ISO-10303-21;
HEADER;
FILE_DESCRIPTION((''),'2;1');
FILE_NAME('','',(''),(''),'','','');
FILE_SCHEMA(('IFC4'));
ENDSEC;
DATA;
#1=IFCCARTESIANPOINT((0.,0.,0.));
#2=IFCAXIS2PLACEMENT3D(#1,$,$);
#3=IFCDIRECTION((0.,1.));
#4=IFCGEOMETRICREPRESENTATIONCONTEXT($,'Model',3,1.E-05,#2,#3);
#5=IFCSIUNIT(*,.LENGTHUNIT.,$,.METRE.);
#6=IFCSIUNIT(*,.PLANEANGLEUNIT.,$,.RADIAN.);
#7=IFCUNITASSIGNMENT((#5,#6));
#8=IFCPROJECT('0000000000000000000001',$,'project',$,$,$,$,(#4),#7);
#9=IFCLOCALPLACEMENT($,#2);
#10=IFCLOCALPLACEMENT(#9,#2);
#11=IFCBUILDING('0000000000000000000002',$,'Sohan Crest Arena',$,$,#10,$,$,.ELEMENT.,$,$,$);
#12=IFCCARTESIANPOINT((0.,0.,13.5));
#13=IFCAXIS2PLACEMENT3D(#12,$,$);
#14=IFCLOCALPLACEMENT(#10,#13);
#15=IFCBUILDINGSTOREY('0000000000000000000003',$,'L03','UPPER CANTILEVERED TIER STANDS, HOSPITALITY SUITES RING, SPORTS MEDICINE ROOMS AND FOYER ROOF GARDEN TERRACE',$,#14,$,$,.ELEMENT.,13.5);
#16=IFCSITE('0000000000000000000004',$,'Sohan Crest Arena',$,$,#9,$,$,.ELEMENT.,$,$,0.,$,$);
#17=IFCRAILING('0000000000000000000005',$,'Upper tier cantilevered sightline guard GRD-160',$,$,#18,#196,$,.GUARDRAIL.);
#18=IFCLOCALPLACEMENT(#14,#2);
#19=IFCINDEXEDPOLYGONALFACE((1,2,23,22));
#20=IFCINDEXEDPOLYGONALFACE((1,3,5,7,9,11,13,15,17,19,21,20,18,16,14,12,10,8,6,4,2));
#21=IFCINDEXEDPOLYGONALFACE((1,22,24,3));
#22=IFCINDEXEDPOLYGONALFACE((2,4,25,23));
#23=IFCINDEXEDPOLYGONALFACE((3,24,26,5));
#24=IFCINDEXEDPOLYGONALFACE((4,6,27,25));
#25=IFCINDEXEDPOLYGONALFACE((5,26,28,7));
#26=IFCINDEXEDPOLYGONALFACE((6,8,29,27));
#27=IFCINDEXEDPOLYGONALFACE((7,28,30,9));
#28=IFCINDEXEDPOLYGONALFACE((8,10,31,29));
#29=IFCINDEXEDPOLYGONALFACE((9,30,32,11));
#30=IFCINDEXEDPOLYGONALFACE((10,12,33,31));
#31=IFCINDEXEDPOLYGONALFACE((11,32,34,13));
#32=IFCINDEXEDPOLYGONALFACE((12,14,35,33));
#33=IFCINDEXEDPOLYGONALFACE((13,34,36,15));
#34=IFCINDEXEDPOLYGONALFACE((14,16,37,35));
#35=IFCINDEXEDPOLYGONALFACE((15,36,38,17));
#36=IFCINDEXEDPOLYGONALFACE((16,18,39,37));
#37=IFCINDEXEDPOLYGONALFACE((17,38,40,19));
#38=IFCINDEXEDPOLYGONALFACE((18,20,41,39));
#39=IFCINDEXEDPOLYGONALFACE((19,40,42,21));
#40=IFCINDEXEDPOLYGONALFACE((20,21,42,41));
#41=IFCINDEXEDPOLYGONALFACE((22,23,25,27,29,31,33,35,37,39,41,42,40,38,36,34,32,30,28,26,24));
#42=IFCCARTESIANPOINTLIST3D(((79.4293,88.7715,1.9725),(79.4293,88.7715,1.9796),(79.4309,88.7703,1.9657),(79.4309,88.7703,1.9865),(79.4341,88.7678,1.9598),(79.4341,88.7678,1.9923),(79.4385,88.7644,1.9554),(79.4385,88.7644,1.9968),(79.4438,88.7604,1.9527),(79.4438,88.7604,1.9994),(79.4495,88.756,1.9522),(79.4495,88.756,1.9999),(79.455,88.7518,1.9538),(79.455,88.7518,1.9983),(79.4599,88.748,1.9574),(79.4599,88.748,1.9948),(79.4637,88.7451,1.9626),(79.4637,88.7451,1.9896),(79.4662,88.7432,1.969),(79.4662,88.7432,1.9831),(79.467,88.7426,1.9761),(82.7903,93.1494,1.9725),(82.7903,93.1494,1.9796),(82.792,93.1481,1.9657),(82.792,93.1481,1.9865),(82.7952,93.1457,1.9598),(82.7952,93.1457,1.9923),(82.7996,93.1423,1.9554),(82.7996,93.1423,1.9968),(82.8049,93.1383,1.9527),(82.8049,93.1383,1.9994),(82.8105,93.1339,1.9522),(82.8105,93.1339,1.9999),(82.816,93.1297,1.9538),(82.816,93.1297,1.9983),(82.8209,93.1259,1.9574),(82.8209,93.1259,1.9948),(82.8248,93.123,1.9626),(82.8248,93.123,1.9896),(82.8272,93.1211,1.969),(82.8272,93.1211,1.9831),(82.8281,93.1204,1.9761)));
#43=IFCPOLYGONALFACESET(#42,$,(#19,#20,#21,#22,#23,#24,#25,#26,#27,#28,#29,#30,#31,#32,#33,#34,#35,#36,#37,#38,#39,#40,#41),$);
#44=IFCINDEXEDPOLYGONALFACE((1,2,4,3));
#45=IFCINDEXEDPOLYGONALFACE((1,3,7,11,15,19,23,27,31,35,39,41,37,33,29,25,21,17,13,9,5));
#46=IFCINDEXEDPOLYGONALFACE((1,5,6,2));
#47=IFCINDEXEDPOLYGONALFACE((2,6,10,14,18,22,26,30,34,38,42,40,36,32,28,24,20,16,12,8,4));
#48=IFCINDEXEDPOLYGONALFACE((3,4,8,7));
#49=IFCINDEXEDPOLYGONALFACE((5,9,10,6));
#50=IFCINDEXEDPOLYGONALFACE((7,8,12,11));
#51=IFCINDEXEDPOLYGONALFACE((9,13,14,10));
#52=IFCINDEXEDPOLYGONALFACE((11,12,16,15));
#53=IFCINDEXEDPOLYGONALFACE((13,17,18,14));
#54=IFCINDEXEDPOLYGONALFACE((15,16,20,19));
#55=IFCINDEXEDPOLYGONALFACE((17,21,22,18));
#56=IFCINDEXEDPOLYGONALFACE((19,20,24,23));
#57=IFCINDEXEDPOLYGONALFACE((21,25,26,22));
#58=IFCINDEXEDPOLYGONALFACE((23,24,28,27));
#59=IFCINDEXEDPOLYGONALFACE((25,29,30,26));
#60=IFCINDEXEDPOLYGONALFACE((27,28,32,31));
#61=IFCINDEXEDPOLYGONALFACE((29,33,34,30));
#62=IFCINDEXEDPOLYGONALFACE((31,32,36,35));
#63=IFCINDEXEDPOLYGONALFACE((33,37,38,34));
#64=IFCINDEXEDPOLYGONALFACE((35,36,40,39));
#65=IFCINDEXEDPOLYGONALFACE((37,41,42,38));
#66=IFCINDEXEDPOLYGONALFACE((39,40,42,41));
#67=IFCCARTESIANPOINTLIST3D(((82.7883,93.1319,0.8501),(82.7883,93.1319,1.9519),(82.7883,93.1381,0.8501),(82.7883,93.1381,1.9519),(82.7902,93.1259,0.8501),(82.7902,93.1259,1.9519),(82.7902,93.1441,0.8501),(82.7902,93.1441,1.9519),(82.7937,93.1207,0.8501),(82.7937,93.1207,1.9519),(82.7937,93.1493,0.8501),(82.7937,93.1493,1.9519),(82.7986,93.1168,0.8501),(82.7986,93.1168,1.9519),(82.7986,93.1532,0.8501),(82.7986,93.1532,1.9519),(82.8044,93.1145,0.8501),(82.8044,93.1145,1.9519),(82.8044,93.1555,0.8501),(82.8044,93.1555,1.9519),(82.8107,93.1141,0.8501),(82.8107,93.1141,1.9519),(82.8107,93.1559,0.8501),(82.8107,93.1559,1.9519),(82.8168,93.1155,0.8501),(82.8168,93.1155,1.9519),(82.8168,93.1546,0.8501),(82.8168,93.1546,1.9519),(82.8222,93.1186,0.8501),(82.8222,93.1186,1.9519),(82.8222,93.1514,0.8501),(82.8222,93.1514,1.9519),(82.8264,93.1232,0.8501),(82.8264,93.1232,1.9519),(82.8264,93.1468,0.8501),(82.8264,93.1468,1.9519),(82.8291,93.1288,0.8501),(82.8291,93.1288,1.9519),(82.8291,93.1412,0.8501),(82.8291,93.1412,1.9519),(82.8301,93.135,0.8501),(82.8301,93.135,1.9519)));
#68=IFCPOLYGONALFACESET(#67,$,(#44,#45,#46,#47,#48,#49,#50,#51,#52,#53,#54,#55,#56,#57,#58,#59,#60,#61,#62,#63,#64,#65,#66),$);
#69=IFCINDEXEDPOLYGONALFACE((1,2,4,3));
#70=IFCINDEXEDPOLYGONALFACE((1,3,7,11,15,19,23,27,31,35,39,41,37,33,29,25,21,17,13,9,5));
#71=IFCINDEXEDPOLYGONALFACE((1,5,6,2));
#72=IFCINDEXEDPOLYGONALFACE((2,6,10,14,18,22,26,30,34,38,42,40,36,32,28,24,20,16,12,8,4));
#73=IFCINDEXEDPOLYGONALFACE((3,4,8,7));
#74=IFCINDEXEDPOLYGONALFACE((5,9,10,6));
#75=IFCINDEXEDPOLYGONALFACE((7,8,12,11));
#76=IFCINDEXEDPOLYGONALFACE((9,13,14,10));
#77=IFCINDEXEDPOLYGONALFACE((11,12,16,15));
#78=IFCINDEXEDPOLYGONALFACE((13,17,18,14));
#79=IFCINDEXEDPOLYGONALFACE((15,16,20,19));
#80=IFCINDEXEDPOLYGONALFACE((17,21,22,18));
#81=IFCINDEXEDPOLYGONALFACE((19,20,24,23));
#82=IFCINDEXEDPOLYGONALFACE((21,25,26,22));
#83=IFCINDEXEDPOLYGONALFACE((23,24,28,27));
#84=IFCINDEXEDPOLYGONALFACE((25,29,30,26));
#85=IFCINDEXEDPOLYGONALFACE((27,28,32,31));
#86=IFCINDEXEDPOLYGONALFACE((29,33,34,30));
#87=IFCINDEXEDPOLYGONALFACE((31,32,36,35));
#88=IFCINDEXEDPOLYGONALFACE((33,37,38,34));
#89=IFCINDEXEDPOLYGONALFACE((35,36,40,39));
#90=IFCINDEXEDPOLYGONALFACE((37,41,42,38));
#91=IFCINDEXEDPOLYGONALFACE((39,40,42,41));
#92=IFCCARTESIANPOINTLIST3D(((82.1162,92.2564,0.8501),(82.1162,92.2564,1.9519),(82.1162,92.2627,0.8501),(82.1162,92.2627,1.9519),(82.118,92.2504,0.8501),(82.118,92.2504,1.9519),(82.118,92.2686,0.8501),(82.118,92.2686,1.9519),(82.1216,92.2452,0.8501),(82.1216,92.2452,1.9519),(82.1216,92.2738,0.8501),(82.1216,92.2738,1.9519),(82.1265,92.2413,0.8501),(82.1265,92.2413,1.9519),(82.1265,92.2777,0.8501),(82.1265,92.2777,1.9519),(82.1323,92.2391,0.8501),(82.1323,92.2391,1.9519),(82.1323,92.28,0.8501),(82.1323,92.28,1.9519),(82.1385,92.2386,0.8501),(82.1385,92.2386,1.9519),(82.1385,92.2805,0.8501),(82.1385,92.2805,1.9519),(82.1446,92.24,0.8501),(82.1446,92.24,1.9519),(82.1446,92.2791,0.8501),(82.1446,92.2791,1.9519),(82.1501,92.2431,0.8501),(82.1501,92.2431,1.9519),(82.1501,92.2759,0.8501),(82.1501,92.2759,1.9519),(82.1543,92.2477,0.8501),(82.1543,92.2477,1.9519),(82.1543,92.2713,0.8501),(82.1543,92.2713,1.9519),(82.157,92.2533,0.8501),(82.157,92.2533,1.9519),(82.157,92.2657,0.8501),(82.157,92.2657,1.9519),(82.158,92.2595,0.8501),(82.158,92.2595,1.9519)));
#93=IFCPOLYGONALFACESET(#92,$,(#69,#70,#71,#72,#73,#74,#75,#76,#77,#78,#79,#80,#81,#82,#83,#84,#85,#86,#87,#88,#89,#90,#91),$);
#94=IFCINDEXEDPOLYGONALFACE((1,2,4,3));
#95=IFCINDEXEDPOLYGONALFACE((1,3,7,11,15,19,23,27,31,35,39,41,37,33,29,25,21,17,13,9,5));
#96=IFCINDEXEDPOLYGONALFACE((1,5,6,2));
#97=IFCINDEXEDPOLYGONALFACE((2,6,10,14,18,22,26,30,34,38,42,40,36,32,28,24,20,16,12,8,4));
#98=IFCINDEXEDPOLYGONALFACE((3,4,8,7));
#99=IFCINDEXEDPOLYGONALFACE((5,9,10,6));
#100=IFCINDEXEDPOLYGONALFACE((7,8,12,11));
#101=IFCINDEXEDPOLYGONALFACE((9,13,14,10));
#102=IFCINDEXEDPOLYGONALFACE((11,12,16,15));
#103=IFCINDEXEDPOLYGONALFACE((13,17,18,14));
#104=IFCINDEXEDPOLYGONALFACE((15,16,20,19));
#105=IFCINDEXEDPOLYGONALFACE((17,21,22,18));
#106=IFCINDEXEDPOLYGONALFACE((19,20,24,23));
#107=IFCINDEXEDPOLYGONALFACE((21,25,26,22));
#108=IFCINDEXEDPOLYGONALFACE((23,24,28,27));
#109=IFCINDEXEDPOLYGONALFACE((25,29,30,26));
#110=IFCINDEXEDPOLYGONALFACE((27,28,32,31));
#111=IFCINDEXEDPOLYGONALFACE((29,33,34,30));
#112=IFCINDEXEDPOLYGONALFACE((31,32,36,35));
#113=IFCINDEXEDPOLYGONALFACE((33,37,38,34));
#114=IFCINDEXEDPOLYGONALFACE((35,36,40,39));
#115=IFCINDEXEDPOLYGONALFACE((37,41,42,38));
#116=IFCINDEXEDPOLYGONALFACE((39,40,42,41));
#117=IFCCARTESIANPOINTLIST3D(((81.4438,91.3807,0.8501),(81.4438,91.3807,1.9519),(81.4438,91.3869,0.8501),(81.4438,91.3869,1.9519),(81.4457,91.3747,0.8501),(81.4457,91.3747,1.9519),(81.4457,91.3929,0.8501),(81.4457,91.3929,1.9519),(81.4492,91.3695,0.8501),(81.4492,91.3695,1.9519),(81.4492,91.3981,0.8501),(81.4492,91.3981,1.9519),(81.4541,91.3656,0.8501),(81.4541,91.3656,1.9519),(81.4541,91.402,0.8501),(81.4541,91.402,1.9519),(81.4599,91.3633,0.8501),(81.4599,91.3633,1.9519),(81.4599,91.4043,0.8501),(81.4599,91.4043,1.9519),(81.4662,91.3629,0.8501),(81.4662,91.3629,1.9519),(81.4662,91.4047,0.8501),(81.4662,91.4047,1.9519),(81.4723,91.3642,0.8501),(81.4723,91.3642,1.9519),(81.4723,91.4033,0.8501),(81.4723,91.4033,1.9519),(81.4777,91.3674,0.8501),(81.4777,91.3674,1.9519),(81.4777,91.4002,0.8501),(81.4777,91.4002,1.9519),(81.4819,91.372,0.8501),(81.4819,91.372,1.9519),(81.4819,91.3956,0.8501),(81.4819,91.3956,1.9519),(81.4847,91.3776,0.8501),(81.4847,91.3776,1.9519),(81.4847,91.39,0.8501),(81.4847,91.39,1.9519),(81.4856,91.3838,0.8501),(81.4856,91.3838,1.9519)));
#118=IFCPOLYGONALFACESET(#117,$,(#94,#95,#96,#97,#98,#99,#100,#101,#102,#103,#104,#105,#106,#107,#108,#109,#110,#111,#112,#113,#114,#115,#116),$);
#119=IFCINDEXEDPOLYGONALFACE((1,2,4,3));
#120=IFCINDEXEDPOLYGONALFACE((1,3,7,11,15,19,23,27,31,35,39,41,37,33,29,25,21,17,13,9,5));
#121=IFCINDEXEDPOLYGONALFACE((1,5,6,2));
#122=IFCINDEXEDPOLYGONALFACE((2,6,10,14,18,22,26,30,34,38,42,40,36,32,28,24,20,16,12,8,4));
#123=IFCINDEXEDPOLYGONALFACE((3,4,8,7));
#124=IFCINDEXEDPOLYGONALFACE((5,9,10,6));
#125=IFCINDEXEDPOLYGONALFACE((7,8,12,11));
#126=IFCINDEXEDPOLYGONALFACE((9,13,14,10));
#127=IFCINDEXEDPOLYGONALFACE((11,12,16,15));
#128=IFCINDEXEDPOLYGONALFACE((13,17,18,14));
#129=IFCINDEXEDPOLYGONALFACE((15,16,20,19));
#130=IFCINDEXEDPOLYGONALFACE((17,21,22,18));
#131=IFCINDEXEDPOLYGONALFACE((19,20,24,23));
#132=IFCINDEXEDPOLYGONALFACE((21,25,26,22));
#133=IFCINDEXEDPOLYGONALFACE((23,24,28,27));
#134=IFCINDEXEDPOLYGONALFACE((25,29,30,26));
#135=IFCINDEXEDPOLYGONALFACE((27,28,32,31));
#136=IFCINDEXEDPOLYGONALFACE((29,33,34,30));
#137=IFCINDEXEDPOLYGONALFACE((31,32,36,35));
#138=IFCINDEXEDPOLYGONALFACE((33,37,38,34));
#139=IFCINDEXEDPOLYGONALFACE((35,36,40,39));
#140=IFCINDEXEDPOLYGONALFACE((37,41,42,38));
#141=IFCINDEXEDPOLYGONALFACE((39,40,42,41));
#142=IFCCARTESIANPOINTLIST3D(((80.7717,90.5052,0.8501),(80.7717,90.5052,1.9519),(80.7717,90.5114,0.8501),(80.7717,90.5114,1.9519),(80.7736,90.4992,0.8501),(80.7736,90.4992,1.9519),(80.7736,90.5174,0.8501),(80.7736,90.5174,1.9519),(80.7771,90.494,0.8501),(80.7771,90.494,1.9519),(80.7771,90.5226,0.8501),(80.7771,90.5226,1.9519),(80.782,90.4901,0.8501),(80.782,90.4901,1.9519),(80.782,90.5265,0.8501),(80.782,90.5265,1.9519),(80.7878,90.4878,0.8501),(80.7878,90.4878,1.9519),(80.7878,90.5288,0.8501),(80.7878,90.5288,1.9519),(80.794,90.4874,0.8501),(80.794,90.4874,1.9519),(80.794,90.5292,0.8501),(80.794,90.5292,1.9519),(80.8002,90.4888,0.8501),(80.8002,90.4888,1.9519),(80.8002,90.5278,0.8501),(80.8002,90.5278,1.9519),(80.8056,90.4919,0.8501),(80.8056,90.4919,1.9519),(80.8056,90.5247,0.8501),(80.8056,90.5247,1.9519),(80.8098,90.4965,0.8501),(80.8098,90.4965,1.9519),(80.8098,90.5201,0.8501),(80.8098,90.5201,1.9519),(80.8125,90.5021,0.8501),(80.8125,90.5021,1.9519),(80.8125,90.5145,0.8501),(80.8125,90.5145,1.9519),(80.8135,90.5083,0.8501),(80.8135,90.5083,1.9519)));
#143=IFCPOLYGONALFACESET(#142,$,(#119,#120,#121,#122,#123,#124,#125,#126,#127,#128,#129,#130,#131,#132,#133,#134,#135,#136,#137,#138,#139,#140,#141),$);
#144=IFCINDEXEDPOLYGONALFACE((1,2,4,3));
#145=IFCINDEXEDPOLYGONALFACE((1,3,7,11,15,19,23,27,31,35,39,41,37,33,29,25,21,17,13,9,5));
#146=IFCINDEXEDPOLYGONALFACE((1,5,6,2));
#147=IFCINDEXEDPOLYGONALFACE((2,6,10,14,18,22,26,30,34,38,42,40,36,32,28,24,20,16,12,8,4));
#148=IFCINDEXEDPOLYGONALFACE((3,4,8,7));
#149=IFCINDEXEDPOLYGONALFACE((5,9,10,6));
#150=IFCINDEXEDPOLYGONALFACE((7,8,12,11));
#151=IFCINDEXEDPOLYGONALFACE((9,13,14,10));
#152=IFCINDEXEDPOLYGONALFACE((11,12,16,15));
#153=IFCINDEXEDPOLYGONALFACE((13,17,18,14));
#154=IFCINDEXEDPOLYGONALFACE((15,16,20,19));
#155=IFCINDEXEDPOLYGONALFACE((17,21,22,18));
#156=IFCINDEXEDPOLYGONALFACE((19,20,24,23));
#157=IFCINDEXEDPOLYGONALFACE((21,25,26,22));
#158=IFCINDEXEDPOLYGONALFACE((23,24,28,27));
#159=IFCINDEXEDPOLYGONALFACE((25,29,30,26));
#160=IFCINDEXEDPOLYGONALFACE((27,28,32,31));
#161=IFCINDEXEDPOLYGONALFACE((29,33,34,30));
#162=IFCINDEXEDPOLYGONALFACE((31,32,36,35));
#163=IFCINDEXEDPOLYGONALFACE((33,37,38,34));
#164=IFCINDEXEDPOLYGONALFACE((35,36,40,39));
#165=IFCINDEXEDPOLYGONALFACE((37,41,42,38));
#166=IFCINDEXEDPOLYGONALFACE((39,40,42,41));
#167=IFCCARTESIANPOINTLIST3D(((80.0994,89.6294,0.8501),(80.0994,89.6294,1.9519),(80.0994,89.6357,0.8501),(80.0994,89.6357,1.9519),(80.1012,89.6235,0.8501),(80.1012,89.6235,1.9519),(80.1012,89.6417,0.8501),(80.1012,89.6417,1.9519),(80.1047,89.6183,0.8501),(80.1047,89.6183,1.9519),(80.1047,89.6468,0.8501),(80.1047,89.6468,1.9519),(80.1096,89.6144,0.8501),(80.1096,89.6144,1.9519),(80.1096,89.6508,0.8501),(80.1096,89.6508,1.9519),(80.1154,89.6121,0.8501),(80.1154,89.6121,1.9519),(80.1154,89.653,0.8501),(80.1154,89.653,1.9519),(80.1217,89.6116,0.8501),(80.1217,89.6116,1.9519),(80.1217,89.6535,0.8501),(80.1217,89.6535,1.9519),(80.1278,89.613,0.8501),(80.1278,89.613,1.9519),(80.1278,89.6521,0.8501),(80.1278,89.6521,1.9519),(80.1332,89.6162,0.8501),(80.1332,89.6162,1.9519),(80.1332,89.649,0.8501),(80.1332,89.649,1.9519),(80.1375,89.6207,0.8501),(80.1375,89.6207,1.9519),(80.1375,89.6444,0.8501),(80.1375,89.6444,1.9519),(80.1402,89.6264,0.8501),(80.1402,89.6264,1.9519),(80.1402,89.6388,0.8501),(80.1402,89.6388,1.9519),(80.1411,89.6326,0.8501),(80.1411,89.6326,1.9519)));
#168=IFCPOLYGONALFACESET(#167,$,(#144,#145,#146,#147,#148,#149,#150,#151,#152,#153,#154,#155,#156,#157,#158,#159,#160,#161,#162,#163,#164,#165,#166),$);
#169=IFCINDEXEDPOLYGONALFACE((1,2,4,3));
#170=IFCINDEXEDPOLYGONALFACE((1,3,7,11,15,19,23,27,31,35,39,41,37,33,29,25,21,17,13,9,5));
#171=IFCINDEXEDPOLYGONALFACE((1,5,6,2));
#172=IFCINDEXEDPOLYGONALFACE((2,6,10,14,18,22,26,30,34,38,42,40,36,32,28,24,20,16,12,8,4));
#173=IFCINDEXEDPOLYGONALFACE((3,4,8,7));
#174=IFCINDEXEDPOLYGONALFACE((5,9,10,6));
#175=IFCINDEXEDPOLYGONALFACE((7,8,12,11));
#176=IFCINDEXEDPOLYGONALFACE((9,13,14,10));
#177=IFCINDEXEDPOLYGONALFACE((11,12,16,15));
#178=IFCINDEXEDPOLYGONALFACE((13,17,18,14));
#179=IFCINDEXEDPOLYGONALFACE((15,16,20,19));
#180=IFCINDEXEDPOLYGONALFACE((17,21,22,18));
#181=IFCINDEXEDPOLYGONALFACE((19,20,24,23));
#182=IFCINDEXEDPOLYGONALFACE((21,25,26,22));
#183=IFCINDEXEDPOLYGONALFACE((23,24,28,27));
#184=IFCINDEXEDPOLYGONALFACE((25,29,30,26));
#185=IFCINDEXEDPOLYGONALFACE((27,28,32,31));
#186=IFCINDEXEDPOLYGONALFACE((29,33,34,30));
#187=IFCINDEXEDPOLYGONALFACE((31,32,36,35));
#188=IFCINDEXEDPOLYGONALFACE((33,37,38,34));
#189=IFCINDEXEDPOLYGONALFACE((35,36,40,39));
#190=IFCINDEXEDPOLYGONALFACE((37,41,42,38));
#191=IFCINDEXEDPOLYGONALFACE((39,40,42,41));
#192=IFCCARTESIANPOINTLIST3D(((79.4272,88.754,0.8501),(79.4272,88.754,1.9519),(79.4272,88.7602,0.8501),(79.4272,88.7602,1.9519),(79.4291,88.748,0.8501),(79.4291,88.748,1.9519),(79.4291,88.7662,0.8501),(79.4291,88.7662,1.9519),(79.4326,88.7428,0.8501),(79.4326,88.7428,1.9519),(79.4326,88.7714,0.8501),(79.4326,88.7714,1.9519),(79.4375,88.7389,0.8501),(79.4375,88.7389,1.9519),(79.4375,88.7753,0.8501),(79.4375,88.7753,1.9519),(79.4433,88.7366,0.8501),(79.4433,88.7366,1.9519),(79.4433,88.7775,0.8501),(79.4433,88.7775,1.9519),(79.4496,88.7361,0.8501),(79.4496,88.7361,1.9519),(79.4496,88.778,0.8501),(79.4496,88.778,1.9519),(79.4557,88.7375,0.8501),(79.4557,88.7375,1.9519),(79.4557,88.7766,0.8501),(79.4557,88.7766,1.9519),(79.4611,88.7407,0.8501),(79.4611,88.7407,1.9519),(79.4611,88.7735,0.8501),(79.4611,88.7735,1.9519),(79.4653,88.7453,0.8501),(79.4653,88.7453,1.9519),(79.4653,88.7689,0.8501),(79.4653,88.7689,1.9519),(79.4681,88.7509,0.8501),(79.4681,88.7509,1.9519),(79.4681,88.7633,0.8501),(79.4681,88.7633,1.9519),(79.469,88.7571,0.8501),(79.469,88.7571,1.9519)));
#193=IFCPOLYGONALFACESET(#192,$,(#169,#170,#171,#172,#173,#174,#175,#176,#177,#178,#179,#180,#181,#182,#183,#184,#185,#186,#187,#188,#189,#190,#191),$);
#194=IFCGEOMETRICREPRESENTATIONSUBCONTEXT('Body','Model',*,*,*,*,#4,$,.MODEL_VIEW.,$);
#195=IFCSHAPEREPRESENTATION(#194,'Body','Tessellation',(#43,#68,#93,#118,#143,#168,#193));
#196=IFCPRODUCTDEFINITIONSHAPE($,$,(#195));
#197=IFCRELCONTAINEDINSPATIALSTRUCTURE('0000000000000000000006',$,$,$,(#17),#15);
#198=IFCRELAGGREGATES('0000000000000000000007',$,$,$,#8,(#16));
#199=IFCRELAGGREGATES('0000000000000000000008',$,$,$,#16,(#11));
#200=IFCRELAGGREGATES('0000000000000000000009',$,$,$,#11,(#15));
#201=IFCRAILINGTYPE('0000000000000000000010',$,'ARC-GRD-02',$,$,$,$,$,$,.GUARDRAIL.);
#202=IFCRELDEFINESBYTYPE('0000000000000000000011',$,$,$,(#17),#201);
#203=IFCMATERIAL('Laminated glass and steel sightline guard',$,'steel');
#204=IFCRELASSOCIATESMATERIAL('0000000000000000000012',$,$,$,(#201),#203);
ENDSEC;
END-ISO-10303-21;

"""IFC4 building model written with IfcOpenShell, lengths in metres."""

from ifc_helpers import new_model, si_unit, direction, frame, origin, origin_2d, place, context, subcontext, project, spatial, circle, extrude, material, type_object, element, save


model = new_model("IFC4")

# Units and contexts
model_context = context("Model", 3, precision=1e-05, world=origin(), true_north=direction((0.0, 1.0)))
body_context = subcontext(model_context, "Body", "Model", "MODEL_VIEW")
ifc_project = project(units=[si_unit("LENGTHUNIT", "METRE"), si_unit("PLANEANGLEUNIT", "RADIAN")], contexts=[model_context])

# Site, building, storey
site_placement = place(None, origin())
site = spatial("IfcSite", under=ifc_project, at=site_placement, Name="Sohan Crest Arena", CompositionType="ELEMENT", RefElevation=0.0)
building_placement = place(site_placement, origin())
building = spatial("IfcBuilding", under=site, at=building_placement, Name="Sohan Crest Arena", CompositionType="ELEMENT")
storey_placement = place(building_placement, frame((0.0, 0.0, 13.5)))
storey = spatial("IfcBuildingStorey", under=building, at=storey_placement, Name="L03", Description="UPPER CANTILEVERED TIER STANDS, HOSPITALITY SUITES RING, SPORTS MEDICINE ROOMS AND FOYER ROOF GARDEN TERRACE", CompositionType="ELEMENT", Elevation=13.5)

# Railing
ifc_material_1 = material(Name="Laminated glass and steel sightline guard", Category="steel")
railing_type = type_object("IfcRailingType", Name="ARC-GRD-02", PredefinedType="GUARDRAIL", material=ifc_material_1)
railing_1_placement = place(storey_placement, frame((82.8091, 93.135, 0.8501)))
element("IfcRailing", 1, at=railing_1_placement, inside=storey, type_object=railing_type, Name="Upper tier cantilevered sightline guard GRD-160", PredefinedType="GUARDRAIL", context=body_context, shape_type="SweptSolid", body=[
    extrude(circle(Radius=0.0239, at=origin_2d()), frame((0.0, 0.0, 1.126), z_axis=(-0.608964, -0.793198, 0.0), x_axis=(0.793198, -0.608964, 0.0)), (0.0, 0.0, 1.0), 5.5193),
    extrude(circle(Radius=0.021, at=origin_2d()), origin(), (0.0, 0.0, 1.0), 1.1018),
    extrude(circle(Radius=0.021, at=origin_2d()), frame((-0.6721, -0.8755, 0.0)), (0.0, 0.0, 1.0), 1.1018),
    extrude(circle(Radius=0.021, at=origin_2d()), frame((-1.3445, -1.7512, 0.0)), (0.0, 0.0, 1.0), 1.1018),
    extrude(circle(Radius=0.021, at=origin_2d()), frame((-2.0166, -2.6267, 0.0)), (0.0, 0.0, 1.0), 1.1018),
    extrude(circle(Radius=0.021, at=origin_2d()), frame((-2.689, -3.5024, 0.0)), (0.0, 0.0, 1.0), 1.1018),
    extrude(circle(Radius=0.021, at=origin_2d()), frame((-3.3611, -4.3779, 0.0)), (0.0, 0.0, 1.0), 1.1018),
])

save(model, "model.ifc")
